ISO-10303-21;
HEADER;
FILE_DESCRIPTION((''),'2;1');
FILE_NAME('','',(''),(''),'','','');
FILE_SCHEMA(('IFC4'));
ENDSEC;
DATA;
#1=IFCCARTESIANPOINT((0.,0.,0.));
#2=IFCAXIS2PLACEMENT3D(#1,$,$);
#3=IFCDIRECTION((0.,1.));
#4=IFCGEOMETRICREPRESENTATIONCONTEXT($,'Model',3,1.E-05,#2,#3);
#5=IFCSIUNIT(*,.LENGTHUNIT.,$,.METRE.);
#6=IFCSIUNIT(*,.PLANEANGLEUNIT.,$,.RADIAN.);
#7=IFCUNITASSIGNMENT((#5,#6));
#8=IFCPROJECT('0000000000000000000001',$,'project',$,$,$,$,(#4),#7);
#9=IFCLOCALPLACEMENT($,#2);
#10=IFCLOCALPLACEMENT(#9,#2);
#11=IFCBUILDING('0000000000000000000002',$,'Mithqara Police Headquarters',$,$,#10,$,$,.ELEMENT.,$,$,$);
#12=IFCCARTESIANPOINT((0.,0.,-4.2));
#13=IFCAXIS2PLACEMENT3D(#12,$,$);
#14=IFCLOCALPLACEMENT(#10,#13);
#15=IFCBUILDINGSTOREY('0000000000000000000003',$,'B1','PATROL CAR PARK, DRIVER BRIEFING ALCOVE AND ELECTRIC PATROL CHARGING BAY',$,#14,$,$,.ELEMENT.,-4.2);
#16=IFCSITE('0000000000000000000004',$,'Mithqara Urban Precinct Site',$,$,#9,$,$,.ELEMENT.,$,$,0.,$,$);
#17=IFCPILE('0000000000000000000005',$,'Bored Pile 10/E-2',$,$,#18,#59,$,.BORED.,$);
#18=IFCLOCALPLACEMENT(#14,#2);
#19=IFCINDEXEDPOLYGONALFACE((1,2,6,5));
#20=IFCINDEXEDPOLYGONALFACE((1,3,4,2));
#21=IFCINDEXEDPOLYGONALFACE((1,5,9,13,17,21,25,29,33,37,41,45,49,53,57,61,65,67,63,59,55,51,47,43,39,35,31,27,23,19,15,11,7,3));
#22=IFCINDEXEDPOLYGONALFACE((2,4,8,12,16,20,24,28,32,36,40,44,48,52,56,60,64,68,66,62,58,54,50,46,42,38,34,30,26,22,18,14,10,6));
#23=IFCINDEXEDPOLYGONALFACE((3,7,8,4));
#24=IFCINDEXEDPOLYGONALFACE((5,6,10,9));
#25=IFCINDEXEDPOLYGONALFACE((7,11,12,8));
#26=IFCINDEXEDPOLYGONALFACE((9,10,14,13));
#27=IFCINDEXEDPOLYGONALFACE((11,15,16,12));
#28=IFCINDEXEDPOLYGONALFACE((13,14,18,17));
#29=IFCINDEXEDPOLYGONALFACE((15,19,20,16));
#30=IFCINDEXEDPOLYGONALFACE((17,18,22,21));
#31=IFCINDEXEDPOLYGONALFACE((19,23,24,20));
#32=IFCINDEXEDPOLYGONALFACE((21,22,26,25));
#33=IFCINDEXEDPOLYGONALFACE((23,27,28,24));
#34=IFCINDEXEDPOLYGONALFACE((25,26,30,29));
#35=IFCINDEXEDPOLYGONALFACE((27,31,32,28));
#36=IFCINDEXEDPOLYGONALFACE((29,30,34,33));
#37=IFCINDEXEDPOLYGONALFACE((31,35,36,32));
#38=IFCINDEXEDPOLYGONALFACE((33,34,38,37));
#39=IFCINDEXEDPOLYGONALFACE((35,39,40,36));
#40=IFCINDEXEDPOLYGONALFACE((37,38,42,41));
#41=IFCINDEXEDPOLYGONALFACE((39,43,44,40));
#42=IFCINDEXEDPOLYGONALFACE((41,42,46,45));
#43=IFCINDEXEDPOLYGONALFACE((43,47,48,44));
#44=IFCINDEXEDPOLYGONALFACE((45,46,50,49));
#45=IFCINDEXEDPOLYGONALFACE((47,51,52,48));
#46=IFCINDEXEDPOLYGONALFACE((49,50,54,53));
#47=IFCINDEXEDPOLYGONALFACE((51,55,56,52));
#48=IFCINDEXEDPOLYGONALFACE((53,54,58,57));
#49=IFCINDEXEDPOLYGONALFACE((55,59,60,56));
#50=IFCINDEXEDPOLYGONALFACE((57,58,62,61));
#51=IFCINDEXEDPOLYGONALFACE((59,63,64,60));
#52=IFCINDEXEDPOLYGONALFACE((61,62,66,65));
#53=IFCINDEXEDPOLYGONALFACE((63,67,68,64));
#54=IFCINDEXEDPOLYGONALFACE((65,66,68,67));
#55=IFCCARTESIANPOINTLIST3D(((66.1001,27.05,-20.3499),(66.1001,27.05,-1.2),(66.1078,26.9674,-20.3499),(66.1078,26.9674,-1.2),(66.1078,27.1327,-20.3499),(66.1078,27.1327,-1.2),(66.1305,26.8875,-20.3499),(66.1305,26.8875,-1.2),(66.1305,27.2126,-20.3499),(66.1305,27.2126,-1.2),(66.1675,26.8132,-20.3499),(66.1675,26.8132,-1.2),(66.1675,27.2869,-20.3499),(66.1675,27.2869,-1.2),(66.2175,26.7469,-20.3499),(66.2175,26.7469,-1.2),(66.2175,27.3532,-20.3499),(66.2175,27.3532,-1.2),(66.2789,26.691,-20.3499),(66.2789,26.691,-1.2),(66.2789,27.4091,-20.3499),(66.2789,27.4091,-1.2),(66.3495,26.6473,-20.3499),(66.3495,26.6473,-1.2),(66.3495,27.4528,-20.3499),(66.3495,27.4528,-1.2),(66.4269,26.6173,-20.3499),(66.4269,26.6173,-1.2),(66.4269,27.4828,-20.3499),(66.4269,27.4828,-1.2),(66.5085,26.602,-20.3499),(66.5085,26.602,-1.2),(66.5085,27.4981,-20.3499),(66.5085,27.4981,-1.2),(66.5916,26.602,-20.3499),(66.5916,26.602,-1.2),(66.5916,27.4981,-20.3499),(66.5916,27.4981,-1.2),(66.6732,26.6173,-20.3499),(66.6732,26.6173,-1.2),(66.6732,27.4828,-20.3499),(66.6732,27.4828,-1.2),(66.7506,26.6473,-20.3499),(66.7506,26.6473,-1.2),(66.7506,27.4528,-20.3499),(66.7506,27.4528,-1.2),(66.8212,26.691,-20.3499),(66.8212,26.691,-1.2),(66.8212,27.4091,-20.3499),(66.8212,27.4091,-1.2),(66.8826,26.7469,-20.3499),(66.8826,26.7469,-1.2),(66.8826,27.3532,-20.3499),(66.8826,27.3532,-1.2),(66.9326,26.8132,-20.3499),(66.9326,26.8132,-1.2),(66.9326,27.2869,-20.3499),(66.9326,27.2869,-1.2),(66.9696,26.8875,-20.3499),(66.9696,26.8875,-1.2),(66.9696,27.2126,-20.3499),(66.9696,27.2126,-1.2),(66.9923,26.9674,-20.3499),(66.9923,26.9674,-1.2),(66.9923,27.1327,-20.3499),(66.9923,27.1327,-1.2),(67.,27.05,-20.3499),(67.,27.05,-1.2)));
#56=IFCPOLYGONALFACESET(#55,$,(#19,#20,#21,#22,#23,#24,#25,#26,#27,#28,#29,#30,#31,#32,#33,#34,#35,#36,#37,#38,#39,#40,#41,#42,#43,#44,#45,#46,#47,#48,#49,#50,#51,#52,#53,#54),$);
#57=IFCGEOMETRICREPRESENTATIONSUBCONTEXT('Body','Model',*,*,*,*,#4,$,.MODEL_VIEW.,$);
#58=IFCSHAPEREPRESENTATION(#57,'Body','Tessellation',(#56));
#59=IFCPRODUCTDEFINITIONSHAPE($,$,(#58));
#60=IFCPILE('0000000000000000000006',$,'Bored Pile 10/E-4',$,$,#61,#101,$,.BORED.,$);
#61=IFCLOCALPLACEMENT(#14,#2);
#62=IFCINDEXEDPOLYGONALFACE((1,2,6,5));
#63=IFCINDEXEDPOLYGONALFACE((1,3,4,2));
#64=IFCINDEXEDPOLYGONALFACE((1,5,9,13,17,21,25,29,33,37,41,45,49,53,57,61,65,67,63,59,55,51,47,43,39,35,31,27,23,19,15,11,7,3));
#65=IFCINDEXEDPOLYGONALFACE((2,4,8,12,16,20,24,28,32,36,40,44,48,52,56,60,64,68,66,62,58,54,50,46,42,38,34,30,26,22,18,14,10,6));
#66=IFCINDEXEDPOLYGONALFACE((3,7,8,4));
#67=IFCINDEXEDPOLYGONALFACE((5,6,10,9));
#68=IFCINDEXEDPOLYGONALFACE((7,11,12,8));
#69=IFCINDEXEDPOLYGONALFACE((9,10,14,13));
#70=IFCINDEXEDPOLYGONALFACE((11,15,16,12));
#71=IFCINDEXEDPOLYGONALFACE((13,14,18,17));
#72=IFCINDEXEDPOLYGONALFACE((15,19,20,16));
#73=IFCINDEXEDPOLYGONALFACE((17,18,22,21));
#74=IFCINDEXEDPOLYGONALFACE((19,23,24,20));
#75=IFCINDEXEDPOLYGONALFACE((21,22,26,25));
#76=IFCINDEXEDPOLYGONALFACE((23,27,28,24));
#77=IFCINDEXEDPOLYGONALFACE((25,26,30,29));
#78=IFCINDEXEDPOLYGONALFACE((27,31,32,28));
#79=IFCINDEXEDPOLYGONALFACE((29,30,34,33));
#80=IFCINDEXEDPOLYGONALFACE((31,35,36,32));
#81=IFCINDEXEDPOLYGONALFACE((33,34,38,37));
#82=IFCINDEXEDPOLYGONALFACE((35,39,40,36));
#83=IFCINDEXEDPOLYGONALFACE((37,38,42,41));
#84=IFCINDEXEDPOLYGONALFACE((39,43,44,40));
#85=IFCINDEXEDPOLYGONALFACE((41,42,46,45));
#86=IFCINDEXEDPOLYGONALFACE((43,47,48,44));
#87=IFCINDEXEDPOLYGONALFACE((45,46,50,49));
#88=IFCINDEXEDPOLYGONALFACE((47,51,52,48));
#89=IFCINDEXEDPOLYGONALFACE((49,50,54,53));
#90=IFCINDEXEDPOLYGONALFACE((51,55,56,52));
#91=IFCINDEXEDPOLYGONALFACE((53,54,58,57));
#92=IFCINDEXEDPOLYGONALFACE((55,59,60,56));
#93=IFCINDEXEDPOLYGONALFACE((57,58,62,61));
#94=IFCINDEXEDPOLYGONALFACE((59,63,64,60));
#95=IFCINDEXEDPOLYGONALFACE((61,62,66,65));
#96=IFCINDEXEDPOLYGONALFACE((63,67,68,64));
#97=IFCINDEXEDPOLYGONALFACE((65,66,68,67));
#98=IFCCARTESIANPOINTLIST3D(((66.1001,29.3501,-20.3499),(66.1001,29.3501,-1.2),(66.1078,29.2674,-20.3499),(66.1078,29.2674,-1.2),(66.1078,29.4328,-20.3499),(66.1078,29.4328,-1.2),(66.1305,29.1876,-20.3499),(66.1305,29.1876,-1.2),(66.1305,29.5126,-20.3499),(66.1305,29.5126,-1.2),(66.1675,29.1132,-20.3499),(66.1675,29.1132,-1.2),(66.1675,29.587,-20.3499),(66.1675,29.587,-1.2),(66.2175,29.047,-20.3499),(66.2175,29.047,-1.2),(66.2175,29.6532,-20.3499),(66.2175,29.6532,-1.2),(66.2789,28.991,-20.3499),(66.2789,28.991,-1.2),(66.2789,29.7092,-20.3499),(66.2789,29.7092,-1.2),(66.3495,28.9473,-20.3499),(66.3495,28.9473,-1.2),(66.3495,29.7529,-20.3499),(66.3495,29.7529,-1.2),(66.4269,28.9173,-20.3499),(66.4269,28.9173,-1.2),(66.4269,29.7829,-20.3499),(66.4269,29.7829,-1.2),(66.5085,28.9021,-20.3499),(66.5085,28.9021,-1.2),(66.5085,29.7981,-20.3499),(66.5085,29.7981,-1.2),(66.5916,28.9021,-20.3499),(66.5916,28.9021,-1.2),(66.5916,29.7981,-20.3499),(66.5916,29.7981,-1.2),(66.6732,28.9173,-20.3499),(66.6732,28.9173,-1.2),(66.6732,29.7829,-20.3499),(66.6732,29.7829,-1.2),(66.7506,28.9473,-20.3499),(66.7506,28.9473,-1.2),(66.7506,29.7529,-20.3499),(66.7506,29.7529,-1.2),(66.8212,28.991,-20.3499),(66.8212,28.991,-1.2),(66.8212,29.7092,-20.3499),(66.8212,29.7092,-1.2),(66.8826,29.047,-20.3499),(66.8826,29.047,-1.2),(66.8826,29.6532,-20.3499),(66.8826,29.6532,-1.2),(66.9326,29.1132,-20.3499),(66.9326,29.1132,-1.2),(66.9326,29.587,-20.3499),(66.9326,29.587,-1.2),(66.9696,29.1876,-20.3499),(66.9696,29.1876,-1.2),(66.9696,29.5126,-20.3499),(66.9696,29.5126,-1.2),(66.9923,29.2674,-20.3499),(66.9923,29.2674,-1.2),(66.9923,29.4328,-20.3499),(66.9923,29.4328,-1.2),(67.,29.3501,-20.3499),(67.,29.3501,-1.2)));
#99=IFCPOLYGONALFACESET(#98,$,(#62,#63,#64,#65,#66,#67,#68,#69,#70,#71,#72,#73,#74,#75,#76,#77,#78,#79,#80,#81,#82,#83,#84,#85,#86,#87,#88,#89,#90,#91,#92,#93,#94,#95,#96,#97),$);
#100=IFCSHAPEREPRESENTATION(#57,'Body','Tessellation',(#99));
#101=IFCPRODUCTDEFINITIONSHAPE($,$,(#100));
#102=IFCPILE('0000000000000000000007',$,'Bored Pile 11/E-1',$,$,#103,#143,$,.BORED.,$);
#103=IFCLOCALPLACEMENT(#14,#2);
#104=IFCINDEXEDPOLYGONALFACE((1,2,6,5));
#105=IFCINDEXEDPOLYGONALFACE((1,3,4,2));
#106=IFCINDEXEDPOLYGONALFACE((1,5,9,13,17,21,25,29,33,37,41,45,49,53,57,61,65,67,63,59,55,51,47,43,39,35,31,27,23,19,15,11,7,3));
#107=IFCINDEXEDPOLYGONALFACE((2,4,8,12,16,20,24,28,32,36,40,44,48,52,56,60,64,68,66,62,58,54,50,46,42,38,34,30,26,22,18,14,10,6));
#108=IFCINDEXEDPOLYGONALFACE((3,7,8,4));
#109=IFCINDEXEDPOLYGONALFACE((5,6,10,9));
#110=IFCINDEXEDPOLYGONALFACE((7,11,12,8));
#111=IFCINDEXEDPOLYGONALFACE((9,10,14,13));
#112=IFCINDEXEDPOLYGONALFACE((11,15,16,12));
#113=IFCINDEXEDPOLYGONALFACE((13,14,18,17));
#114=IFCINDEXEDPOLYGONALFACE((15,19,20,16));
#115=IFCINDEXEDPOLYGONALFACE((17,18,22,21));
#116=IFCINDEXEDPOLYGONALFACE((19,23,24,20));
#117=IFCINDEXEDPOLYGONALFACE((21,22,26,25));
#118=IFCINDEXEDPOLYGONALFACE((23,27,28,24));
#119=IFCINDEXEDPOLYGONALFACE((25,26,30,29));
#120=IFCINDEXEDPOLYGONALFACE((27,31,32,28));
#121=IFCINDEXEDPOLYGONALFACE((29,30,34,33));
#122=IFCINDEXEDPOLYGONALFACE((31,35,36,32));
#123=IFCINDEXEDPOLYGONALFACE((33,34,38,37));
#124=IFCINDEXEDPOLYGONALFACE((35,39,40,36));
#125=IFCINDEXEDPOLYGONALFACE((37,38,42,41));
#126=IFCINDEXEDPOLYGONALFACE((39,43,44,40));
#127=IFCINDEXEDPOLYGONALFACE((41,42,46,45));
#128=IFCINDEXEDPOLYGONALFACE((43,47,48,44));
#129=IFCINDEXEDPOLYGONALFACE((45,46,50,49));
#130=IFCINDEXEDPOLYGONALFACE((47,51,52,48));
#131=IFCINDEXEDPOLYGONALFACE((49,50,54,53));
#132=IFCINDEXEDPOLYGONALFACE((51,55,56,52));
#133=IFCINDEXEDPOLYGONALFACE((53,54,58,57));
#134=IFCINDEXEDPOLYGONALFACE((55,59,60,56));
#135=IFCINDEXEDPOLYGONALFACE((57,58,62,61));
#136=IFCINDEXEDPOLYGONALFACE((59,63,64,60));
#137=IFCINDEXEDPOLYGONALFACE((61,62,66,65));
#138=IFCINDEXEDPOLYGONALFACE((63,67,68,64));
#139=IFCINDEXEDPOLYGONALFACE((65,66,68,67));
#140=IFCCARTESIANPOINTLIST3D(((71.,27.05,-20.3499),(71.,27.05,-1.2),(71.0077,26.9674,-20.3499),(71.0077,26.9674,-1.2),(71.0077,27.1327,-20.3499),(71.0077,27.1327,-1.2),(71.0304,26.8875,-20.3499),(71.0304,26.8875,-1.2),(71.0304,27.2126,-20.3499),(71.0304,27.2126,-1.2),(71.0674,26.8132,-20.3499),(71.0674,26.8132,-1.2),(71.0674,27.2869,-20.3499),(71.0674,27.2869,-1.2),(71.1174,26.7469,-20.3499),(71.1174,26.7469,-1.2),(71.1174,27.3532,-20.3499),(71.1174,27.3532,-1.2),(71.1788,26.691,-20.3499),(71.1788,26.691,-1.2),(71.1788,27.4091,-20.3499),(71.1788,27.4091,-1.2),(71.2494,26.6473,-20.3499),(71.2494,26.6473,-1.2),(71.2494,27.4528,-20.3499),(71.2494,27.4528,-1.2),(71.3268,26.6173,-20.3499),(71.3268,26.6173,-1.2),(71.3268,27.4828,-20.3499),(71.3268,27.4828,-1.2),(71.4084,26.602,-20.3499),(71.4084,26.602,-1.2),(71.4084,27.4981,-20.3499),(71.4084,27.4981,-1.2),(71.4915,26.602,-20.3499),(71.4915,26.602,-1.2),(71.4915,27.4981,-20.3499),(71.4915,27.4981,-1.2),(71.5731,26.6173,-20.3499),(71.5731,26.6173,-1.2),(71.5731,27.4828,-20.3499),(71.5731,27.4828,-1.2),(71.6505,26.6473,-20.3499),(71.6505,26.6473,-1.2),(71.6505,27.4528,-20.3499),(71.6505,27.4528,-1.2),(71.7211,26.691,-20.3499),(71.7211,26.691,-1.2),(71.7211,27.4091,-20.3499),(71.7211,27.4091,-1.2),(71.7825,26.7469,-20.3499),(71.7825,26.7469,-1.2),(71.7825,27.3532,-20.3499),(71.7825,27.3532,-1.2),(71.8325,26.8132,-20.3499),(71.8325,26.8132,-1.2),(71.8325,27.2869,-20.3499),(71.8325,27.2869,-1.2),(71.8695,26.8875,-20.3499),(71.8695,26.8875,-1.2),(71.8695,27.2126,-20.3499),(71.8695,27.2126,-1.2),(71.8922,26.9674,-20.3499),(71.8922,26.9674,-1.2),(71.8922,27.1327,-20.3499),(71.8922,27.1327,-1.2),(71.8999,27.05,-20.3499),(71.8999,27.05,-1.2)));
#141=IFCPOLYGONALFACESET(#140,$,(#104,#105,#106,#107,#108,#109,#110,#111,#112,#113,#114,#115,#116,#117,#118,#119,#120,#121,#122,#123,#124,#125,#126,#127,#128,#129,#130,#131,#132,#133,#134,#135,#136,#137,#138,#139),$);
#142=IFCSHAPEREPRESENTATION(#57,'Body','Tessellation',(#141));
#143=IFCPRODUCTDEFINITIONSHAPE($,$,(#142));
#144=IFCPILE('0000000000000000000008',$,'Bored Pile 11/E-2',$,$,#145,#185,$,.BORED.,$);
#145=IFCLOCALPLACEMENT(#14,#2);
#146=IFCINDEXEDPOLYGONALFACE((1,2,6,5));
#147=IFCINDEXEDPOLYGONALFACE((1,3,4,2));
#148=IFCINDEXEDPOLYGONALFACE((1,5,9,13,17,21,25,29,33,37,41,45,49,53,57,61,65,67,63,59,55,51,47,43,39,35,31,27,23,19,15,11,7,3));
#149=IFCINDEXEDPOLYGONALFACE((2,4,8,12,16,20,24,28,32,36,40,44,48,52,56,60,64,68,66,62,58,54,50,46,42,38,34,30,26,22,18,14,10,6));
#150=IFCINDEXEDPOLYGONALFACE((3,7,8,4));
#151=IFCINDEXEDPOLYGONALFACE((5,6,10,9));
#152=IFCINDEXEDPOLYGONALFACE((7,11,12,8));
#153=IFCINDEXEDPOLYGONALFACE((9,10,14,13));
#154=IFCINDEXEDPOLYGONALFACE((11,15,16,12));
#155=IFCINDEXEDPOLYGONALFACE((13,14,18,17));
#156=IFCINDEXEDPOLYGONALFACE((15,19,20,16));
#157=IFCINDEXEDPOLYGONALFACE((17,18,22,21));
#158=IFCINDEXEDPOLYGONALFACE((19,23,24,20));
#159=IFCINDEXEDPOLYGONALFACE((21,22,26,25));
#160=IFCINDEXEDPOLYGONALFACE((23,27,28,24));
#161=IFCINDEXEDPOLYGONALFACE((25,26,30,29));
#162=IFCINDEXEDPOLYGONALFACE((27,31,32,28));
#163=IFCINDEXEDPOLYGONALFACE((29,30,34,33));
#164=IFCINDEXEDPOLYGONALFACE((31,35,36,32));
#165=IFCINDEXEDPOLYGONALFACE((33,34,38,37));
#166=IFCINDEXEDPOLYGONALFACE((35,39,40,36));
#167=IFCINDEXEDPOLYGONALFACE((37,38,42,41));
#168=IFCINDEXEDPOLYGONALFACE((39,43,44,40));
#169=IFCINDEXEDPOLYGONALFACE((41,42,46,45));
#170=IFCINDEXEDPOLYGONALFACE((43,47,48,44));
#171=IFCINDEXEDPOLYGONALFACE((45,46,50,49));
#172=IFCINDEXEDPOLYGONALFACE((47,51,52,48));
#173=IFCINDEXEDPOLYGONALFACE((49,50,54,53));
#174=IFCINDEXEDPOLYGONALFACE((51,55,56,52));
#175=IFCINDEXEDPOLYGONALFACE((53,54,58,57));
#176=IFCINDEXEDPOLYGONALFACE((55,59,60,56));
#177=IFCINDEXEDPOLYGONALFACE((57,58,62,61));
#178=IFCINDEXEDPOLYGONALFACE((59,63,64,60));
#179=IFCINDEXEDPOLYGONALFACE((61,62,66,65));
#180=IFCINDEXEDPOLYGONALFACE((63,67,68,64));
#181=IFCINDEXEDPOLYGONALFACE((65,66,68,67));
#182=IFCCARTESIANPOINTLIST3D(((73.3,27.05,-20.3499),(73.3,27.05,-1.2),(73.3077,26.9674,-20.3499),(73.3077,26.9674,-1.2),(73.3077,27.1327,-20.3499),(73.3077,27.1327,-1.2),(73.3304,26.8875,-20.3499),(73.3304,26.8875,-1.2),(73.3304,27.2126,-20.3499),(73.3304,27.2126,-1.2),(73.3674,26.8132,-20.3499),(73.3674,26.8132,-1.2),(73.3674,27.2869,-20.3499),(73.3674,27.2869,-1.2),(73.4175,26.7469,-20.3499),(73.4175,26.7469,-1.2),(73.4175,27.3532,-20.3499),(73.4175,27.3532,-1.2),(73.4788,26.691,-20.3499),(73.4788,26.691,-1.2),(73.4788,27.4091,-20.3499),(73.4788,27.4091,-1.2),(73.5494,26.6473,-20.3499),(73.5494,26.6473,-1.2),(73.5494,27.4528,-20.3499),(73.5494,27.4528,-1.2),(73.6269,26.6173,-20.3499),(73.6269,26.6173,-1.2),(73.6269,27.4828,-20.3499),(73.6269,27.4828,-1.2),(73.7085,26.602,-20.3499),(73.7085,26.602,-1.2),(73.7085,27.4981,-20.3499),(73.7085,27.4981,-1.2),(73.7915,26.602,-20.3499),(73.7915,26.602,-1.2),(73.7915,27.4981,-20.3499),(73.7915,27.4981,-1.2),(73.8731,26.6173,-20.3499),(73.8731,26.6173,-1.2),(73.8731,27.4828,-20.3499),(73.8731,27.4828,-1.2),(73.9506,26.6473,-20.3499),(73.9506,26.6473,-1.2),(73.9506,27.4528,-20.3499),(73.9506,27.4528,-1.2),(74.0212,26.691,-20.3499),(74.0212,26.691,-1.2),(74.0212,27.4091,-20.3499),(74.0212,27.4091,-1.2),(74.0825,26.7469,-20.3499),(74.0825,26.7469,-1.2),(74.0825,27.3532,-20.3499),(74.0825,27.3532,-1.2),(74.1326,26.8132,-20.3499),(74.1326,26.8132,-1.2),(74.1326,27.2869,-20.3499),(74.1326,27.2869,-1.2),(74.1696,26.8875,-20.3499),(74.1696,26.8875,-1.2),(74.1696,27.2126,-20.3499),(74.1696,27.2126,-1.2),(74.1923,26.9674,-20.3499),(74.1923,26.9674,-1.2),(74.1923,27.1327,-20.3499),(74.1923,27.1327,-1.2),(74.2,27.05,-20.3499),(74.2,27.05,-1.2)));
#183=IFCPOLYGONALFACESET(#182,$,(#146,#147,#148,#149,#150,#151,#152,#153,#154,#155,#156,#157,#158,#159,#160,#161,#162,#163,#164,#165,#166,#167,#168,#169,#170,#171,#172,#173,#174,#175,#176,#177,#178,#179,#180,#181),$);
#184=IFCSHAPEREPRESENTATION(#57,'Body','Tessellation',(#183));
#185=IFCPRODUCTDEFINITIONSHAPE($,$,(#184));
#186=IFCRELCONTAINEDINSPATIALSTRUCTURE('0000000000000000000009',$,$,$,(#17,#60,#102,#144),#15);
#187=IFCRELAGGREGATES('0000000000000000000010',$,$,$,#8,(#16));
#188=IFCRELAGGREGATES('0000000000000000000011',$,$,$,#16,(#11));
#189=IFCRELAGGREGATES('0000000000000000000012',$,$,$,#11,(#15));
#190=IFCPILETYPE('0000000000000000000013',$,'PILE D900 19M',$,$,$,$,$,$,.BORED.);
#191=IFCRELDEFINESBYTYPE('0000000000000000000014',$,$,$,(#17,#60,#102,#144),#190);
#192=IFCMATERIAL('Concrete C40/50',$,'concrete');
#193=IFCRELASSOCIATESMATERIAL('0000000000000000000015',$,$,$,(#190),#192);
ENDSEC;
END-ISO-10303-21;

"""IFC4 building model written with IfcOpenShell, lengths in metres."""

from ifc_helpers import new_model, si_unit, direction, frame, origin, origin_2d, place, context, subcontext, project, spatial, circle, extrude, material, material_profile, profile_set, type_object, element, save


model = new_model("IFC4")

# Units and contexts
model_context = context("Model", 3, precision=1e-05, world=origin(), true_north=direction((0.0, 1.0)))
body_context = subcontext(model_context, "Body", "Model", "MODEL_VIEW")
ifc_project = project(units=[si_unit("LENGTHUNIT", "METRE"), si_unit("PLANEANGLEUNIT", "RADIAN")], contexts=[model_context])

# Site, building, storey
site_placement = place(None, origin())
site = spatial("IfcSite", under=ifc_project, at=site_placement, Name="Mithqara Urban Precinct Site", CompositionType="ELEMENT", RefElevation=0.0)
building_placement = place(site_placement, origin())
building = spatial("IfcBuilding", under=site, at=building_placement, Name="Mithqara Police Headquarters", CompositionType="ELEMENT")
storey_placement = place(building_placement, frame((0.0, 0.0, -4.2)))
storey = spatial("IfcBuildingStorey", under=building, at=storey_placement, Name="B1", Description="PATROL CAR PARK, DRIVER BRIEFING ALCOVE AND ELECTRIC PATROL CHARGING BAY", CompositionType="ELEMENT", Elevation=-4.2)

# Shared definitions
ifc_material_1 = material(Name="Concrete C40/50", Category="concrete")

# Piles
ifc_material_profile_1 = material_profile(ifc_material_1, circle(Radius=0.45, at=origin_2d()), Name="PILE D900")
ifc_profile_set_1 = profile_set([ifc_material_profile_1], Name="Concrete C40/50")
pile_type_1 = type_object("IfcPileType", Name="PILE D900 19M", PredefinedType="BORED", material=ifc_profile_set_1)
for number, where, z_axis, x_axis, name in (
    (1, (66.55, 27.05, -1.2), (0.0, 0.0, -1.0), (1.0, 0.0, 0.0), "Bored Pile 10/E-2"),
    (2, (66.55, 29.3501, -1.2), (0.0, 0.0, -1.0), (1.0, 0.0, 0.0), "Bored Pile 10/E-4"),
    (3, (71.45, 27.05, -1.2), (0.0, 0.0, -1.0), (1.0, 0.0, 0.0), "Bored Pile 11/E-1"),
    (4, (73.75, 27.05, -1.2), (0.0, 0.0, -1.0), (1.0, 0.0, 0.0), "Bored Pile 11/E-2"),
):
    element("IfcPile", number, at=place(storey_placement, frame(where, z_axis=z_axis, x_axis=x_axis)), inside=storey, type_object=pile_type_1, Name=name, PredefinedType="BORED", context=body_context, shape_type="SweptSolid", body=[
        extrude(circle(Radius=0.45, at=origin_2d()), origin(), (0.0, 0.0, 1.0), 19.1499),
    ])

save(model, "model.ifc")
